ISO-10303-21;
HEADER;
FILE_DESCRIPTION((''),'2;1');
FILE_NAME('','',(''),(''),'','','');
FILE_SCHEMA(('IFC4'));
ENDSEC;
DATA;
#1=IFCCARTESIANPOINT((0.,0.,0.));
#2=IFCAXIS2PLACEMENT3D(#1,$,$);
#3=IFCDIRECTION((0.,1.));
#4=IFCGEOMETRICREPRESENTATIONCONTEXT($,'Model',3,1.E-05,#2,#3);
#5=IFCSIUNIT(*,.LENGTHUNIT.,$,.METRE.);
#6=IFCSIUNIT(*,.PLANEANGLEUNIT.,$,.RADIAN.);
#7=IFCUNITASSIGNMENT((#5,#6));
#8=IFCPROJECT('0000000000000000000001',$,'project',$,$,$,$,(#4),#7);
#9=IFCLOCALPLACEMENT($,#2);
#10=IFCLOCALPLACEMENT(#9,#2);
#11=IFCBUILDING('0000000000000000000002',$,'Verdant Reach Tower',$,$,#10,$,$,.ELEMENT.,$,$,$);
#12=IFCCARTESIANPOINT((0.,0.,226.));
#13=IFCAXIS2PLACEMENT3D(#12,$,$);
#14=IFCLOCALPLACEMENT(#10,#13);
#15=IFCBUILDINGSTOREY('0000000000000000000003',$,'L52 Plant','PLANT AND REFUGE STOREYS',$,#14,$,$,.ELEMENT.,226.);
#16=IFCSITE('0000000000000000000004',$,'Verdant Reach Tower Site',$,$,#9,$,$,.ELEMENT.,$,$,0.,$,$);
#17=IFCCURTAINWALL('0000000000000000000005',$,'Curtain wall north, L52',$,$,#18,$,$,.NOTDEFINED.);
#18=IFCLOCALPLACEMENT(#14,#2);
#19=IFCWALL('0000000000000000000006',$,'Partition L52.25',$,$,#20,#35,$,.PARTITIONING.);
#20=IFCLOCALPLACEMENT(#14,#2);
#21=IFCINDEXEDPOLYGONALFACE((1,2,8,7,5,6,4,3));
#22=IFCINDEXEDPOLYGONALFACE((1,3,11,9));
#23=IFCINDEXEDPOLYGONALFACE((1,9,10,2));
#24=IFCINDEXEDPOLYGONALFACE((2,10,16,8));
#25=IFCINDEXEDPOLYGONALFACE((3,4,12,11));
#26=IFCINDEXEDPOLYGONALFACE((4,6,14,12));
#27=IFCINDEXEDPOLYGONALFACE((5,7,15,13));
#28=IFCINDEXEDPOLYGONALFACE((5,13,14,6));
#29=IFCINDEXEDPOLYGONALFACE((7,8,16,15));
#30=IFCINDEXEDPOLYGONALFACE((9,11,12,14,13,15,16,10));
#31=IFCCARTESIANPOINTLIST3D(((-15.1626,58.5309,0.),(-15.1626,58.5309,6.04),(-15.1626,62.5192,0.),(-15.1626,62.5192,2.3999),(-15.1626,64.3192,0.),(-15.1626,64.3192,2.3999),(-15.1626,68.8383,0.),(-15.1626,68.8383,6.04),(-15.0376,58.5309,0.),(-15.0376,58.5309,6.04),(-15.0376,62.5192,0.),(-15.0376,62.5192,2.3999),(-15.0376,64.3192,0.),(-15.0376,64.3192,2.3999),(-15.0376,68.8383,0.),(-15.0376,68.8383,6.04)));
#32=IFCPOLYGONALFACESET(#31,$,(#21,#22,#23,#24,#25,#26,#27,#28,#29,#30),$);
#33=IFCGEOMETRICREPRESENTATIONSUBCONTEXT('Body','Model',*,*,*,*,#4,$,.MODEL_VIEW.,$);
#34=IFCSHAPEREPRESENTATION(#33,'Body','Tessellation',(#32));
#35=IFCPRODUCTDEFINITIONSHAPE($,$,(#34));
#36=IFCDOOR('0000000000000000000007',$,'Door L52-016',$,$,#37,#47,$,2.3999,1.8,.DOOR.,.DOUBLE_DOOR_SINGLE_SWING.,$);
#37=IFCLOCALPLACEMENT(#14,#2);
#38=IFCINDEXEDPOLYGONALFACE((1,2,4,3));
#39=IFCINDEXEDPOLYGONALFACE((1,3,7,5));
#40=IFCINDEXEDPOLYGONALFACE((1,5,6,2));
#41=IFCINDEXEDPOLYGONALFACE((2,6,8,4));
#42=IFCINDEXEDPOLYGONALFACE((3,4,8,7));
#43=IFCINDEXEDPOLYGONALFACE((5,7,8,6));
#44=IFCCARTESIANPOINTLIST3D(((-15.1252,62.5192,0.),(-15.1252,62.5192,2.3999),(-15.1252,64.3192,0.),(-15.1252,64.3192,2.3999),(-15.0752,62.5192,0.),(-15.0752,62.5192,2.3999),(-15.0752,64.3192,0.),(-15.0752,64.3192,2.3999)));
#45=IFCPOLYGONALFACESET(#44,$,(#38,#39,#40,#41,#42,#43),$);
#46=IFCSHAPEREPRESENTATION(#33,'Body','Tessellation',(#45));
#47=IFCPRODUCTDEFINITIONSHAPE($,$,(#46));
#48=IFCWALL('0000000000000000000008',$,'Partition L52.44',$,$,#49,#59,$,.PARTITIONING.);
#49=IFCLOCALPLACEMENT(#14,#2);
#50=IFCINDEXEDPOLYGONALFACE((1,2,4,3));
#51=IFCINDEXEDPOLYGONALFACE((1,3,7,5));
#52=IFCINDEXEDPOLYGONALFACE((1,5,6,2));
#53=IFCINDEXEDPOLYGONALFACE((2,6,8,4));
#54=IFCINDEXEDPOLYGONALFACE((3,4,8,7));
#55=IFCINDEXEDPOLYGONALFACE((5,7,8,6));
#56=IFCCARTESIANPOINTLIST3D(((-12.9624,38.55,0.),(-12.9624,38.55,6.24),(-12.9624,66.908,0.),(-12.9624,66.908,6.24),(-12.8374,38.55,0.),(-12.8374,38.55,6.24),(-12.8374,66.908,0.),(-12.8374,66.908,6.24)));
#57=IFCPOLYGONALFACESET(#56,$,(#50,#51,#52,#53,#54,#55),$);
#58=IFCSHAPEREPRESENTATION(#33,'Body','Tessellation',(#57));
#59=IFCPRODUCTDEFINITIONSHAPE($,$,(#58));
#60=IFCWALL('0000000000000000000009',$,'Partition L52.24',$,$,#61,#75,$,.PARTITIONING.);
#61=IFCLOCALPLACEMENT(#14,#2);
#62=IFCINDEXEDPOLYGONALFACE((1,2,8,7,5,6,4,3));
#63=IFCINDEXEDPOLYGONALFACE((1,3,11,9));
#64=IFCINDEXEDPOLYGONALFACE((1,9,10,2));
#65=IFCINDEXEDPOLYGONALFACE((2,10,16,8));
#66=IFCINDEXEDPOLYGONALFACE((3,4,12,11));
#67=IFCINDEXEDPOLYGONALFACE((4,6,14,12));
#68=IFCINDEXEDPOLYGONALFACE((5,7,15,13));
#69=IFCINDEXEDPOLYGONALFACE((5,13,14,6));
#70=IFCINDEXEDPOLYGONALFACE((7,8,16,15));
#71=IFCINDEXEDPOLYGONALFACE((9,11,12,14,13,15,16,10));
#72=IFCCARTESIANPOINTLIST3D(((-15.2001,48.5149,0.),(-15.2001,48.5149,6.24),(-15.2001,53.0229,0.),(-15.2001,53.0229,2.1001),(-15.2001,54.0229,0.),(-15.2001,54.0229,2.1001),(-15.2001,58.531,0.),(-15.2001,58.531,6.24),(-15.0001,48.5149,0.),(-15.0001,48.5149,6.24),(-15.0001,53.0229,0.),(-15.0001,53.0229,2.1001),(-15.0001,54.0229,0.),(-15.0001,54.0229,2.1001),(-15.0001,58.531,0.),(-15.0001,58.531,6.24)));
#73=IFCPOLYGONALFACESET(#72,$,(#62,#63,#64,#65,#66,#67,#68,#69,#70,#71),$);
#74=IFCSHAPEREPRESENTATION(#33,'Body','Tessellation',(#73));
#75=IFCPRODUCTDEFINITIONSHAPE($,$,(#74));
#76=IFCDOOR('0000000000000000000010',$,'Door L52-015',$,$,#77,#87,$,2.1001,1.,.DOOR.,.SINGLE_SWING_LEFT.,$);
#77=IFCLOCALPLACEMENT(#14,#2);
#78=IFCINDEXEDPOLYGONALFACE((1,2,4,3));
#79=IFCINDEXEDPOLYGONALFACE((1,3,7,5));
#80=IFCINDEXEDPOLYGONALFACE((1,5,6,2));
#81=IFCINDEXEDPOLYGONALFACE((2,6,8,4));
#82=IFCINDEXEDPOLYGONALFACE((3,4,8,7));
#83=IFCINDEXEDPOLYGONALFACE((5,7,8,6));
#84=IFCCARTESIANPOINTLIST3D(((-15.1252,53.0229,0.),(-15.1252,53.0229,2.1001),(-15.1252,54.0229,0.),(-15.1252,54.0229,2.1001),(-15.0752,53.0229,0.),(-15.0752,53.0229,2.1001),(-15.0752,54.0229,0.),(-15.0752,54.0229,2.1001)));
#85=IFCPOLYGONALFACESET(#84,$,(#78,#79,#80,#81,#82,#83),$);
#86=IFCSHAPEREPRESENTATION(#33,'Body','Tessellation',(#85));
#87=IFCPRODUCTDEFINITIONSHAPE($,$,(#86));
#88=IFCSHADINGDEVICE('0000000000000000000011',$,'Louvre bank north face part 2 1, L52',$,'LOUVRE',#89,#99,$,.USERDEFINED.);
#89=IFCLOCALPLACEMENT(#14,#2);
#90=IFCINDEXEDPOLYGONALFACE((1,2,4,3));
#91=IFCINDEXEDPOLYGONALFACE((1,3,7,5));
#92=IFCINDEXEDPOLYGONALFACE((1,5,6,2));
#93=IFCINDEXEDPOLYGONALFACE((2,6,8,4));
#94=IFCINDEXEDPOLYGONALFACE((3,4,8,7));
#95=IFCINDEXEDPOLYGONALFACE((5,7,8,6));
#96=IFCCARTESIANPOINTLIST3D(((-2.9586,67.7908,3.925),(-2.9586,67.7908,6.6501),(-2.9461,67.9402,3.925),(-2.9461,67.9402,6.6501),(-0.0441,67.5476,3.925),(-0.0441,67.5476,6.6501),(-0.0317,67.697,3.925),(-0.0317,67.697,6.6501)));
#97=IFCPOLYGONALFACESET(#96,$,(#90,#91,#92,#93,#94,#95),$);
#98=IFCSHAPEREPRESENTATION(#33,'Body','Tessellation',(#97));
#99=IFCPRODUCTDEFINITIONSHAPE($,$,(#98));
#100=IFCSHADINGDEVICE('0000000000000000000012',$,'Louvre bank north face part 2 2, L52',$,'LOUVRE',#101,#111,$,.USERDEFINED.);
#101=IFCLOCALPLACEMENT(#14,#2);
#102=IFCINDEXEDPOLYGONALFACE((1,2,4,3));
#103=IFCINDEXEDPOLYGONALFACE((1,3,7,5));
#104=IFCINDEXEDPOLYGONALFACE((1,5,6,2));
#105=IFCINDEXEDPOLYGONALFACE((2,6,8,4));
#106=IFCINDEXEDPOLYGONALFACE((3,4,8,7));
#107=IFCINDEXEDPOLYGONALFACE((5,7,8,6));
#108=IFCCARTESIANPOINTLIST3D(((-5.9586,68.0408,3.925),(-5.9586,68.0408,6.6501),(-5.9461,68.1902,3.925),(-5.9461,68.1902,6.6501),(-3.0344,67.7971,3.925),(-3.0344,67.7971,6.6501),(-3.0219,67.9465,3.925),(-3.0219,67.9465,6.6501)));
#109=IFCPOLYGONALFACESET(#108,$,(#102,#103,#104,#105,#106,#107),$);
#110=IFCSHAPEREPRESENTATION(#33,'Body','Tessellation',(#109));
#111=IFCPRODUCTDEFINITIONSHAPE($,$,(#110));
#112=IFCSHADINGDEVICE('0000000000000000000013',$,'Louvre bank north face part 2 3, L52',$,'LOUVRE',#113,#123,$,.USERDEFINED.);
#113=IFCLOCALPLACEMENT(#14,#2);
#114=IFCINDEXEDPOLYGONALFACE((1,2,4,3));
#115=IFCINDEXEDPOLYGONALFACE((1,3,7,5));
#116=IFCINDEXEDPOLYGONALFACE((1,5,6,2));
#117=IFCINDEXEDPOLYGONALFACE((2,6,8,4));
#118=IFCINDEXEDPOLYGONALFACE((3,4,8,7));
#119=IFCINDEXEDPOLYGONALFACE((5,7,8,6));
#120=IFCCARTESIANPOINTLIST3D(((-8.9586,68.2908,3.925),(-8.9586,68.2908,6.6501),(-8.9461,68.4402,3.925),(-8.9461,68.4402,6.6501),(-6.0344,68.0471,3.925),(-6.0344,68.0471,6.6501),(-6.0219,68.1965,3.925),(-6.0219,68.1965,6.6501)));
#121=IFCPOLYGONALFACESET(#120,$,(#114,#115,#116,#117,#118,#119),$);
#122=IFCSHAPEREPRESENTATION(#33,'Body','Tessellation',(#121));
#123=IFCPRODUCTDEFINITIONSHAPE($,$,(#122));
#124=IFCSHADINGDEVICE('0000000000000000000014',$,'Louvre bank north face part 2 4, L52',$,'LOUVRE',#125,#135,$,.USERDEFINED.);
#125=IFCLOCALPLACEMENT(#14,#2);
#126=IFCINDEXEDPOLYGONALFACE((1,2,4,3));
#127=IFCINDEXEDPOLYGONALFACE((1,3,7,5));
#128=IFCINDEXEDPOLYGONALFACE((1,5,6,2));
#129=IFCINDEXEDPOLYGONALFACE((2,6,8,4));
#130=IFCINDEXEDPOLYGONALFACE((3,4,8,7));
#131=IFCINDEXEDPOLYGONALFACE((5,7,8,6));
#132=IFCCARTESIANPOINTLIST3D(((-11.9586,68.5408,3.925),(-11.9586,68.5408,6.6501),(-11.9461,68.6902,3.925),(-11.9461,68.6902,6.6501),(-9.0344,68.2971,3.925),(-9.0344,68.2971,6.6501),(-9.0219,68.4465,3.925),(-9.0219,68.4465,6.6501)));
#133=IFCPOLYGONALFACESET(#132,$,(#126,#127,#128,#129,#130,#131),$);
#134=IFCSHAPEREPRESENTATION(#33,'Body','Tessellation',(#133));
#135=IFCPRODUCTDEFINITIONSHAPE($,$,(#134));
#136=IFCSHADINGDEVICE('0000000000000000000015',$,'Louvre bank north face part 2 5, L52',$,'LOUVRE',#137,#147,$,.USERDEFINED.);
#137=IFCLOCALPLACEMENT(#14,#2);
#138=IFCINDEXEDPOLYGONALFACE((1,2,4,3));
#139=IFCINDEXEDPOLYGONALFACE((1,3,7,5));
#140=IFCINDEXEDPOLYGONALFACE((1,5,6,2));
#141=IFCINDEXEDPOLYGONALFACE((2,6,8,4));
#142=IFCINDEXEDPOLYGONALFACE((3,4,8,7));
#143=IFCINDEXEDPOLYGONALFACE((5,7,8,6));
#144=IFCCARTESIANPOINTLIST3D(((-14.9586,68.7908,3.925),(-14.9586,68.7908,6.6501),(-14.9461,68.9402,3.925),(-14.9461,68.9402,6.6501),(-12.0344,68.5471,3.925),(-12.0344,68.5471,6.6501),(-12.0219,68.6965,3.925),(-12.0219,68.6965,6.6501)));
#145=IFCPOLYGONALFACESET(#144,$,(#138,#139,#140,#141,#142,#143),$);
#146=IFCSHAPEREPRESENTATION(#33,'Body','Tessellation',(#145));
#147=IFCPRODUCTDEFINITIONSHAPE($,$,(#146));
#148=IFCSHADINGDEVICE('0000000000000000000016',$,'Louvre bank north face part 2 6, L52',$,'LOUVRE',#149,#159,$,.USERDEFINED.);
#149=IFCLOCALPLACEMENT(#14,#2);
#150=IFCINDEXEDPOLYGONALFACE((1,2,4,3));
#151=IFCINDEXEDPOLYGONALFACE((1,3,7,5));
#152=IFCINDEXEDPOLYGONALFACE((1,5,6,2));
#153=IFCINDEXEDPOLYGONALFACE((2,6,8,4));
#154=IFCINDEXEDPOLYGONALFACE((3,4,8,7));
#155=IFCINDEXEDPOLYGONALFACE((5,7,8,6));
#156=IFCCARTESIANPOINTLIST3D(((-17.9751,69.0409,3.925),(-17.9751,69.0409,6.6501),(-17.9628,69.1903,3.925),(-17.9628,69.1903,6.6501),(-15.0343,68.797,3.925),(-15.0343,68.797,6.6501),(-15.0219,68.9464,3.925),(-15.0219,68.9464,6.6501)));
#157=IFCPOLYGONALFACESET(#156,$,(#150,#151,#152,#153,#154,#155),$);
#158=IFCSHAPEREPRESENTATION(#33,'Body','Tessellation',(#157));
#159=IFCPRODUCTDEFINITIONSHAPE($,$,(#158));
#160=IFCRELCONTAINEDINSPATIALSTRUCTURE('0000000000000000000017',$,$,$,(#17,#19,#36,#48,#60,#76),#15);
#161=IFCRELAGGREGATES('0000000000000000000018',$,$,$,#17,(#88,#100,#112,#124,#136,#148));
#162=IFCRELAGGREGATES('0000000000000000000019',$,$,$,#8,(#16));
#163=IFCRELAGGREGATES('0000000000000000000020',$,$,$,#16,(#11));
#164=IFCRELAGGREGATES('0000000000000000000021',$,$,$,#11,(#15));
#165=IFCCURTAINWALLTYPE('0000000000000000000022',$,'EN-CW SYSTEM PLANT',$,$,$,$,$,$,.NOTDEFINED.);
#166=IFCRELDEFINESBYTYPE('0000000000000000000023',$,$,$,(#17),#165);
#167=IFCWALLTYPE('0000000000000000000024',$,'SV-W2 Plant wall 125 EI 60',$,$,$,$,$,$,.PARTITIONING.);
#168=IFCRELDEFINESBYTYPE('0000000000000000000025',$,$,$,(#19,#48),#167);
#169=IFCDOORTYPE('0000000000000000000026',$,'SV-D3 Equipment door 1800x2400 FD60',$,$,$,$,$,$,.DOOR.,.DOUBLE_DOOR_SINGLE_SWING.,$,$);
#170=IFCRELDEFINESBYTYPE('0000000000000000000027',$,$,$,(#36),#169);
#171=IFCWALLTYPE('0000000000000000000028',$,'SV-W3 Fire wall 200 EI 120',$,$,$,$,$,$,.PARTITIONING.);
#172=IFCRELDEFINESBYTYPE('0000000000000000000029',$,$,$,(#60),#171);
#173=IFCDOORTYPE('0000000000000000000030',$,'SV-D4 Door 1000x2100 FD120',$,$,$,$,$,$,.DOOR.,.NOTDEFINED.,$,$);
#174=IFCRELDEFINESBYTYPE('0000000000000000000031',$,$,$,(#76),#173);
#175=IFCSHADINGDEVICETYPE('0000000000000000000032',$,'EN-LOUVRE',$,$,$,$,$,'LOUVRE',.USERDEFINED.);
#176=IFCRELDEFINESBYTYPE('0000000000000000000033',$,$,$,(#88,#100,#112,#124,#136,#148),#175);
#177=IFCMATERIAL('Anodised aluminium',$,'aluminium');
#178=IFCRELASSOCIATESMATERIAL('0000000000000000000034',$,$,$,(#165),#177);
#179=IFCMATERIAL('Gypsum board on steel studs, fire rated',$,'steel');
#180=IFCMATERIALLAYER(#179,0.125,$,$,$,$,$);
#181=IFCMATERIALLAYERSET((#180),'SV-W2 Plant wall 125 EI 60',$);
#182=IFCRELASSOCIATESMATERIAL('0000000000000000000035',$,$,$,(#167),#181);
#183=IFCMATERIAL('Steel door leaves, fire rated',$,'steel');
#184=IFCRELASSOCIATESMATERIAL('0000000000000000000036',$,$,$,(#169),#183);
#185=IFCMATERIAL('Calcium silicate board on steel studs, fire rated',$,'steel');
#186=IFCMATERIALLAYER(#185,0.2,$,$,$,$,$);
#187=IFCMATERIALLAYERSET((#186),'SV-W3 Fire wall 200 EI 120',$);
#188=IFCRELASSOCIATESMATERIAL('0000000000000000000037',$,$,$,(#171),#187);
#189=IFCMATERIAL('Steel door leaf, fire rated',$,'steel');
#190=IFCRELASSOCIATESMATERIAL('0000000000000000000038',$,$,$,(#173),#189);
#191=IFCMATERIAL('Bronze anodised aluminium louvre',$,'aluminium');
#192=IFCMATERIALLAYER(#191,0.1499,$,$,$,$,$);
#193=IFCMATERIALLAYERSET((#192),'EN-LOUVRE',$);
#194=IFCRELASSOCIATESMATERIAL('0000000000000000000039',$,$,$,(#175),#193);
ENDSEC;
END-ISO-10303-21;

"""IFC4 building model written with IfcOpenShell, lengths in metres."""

from ifc_helpers import new_model, si_unit, direction, frame, frame_2d, origin, origin_2d, place, context, subcontext, project, spatial, rectangle, extrude, material, layer, layer_set, type_object, element, fill, aggregate, save


model = new_model("IFC4")

# Units and contexts
model_context = context("Model", 3, precision=1e-05, world=origin(), true_north=direction((0.0, 1.0)))
body_context = subcontext(model_context, "Body", "Model", "MODEL_VIEW")
ifc_project = project(units=[si_unit("LENGTHUNIT", "METRE"), si_unit("PLANEANGLEUNIT", "RADIAN")], contexts=[model_context])

# Site, building, storey
site_placement = place(None, origin())
site = spatial("IfcSite", under=ifc_project, at=site_placement, Name="Verdant Reach Tower Site", CompositionType="ELEMENT", RefElevation=0.0)
building_placement = place(site_placement, origin())
building = spatial("IfcBuilding", under=site, at=building_placement, Name="Verdant Reach Tower", CompositionType="ELEMENT")
storey_placement = place(building_placement, frame((0.0, 0.0, 226.0)))
storey = spatial("IfcBuildingStorey", under=building, at=storey_placement, Name="L52 Plant", Description="PLANT AND REFUGE STOREYS", CompositionType="ELEMENT", Elevation=226.0)

# Curtain wall
ifc_material_1 = material(Name="Anodised aluminium", Category="aluminium")
curtain_wall_type = type_object("IfcCurtainWallType", Name="EN-CW SYSTEM PLANT", PredefinedType="NOTDEFINED", material=ifc_material_1)
curtain_wall_placement = place(storey_placement, origin())
curtain_wall = element("IfcCurtainWall", 1, at=curtain_wall_placement, inside=storey, type_object=curtain_wall_type, Name="Curtain wall north, L52", PredefinedType="NOTDEFINED")

# Wall, opening, door
ifc_material_2 = material(Name="Gypsum board on steel studs, fire rated", Category="steel")
ifc_layer_1 = layer(ifc_material_2, 0.125)
ifc_layer_set_1 = layer_set([ifc_layer_1], Name="SV-W2 Plant wall 125 EI 60")
wall_type_1 = type_object("IfcWallType", Name="SV-W2 Plant wall 125 EI 60", PredefinedType="PARTITIONING", material=ifc_layer_set_1)
wall_1_placement = place(storey_placement, frame((-15.1001, 68.8384, 0.0), z_axis=(0.0, 0.0, 1.0), x_axis=(0.0, -1.0, 0.0)))
wall_1 = element("IfcWall", 2, at=wall_1_placement, inside=storey, type_object=wall_type_1, Name="Partition L52.25", PredefinedType="PARTITIONING", context=body_context, shape_type="SweptSolid", body=[
    extrude(rectangle(XDim=10.3074, YDim=0.125, at=frame_2d((5.1538, 0.0))), origin(), (0.0, 0.0, 1.0), 6.04),
])
opening_1_placement = place(wall_1_placement, frame((4.5193, 0.0, 0.0)))
opening_1 = element("IfcOpeningElement", 3, at=opening_1_placement, cuts=wall_1, PredefinedType="OPENING", context=body_context, shape_type="SweptSolid", body=[
    extrude(rectangle(XDim=1.8, YDim=2.3999, at=frame_2d((0.8999, 1.2))), frame((0.0, 0.0725, 0.0), z_axis=(0.0, -1.0, 0.0), x_axis=(1.0, 0.0, 0.0)), (0.0, 0.0, 1.0), 0.145),
])
ifc_material_3 = material(Name="Steel door leaves, fire rated", Category="steel")
door_type_1 = type_object("IfcDoorType", Name="SV-D3 Equipment door 1800x2400 FD60", OperationType="DOUBLE_DOOR_SINGLE_SWING", PredefinedType="DOOR", material=ifc_material_3)
door_1_placement = place(opening_1_placement, origin())
door_1 = element("IfcDoor", 4, at=door_1_placement, inside=storey, type_object=door_type_1, Name="Door L52-016", OperationType="DOUBLE_DOOR_SINGLE_SWING", OverallHeight=2.3999, OverallWidth=1.8, PredefinedType="DOOR", context=body_context, shape_type="SweptSolid", body=[
    extrude(rectangle(XDim=1.8, YDim=2.3999, at=frame_2d((0.8999, 1.2))), frame((0.0, 0.0249, 0.0), z_axis=(0.0, -1.0, 0.0), x_axis=(1.0, 0.0, 0.0)), (0.0, 0.0, 1.0), 0.05),
])
fill(opening_1, door_1)

# Wall
wall_2_placement = place(storey_placement, frame((-12.8999, 66.908, 0.0), z_axis=(0.0, 0.0, 1.0), x_axis=(0.0, -1.0, 0.0)))
element("IfcWall", 5, at=wall_2_placement, inside=storey, type_object=wall_type_1, Name="Partition L52.44", PredefinedType="PARTITIONING", context=body_context, shape_type="SweptSolid", body=[
    extrude(rectangle(XDim=28.3579, YDim=0.125, at=frame_2d((14.179, 0.0))), origin(), (0.0, 0.0, 1.0), 6.24),
])

# Wall, opening, door
ifc_material_4 = material(Name="Calcium silicate board on steel studs, fire rated", Category="steel")
ifc_layer_2 = layer(ifc_material_4, 0.2)
ifc_layer_set_2 = layer_set([ifc_layer_2], Name="SV-W3 Fire wall 200 EI 120")
wall_type_2 = type_object("IfcWallType", Name="SV-W3 Fire wall 200 EI 120", PredefinedType="PARTITIONING", material=ifc_layer_set_2)
wall_3_placement = place(storey_placement, frame((-15.1001, 58.531, 0.0), z_axis=(0.0, 0.0, 1.0), x_axis=(0.0, -1.0, 0.0)))
wall_3 = element("IfcWall", 6, at=wall_3_placement, inside=storey, type_object=wall_type_2, Name="Partition L52.24", PredefinedType="PARTITIONING", context=body_context, shape_type="SweptSolid", body=[
    extrude(rectangle(XDim=10.0161, YDim=0.2, at=frame_2d((5.0081, 0.0))), origin(), (0.0, 0.0, 1.0), 6.24),
])
opening_2_placement = place(wall_3_placement, frame((4.5081, 0.0, 0.0)))
opening_2 = element("IfcOpeningElement", 7, at=opening_2_placement, cuts=wall_3, PredefinedType="OPENING", context=body_context, shape_type="SweptSolid", body=[
    extrude(rectangle(XDim=1.0, YDim=2.1001, at=frame_2d((0.5, 1.05))), frame((0.0, 0.1099, 0.0), z_axis=(0.0, -1.0, 0.0), x_axis=(1.0, 0.0, 0.0)), (0.0, 0.0, 1.0), 0.22),
])
ifc_material_5 = material(Name="Steel door leaf, fire rated", Category="steel")
door_type_2 = type_object("IfcDoorType", Name="SV-D4 Door 1000x2100 FD120", OperationType="NOTDEFINED", PredefinedType="DOOR", material=ifc_material_5)
door_2_placement = place(opening_2_placement, origin())
door_2 = element("IfcDoor", 8, at=door_2_placement, inside=storey, type_object=door_type_2, Name="Door L52-015", OperationType="SINGLE_SWING_LEFT", OverallHeight=2.1001, OverallWidth=1.0, PredefinedType="DOOR", context=body_context, shape_type="SweptSolid", body=[
    extrude(rectangle(XDim=1.0, YDim=2.1001, at=frame_2d((0.5, 1.05))), frame((0.0, 0.0249, 0.0), z_axis=(0.0, -1.0, 0.0), x_axis=(1.0, 0.0, 0.0)), (0.0, 0.0, 1.0), 0.05),
])
fill(opening_2, door_2)

# Shading devices
ifc_material_6 = material(Name="Bronze anodised aluminium louvre", Category="aluminium")
ifc_layer_3 = layer(ifc_material_6, 0.1499)
ifc_layer_set_3 = layer_set([ifc_layer_3], Name="EN-LOUVRE")
shading_device_type = type_object("IfcShadingDeviceType", Name="EN-LOUVRE", ElementType="LOUVRE", PredefinedType="USERDEFINED", material=ifc_layer_set_3)
shading_device_1_placement = place(storey_placement, frame((-1.4951, 67.7439, 3.925), z_axis=(0.0, 0.0, 1.0), x_axis=(-0.996534, 0.083182, 0.0)))
shading_device_1 = element("IfcShadingDevice", 9, at=shading_device_1_placement, type_object=shading_device_type, Name="Louvre bank north face part 2 1, L52", ObjectType="LOUVRE", PredefinedType="USERDEFINED", context=body_context, shape_type="SweptSolid", body=[
    extrude(rectangle(XDim=2.9246, YDim=0.1499, at=origin_2d()), origin(), (0.0, 0.0, 1.0), 2.7251),
])
shading_device_2_placement = place(storey_placement, frame((-4.4902, 67.9937, 3.925), z_axis=(0.0, 0.0, 1.0), x_axis=(-0.996546, 0.083045, 0.0)))
shading_device_2 = element("IfcShadingDevice", 10, at=shading_device_2_placement, type_object=shading_device_type, Name="Louvre bank north face part 2 2, L52", ObjectType="LOUVRE", PredefinedType="USERDEFINED", context=body_context, shape_type="SweptSolid", body=[
    extrude(rectangle(XDim=2.9343, YDim=0.1499, at=origin_2d()), origin(), (0.0, 0.0, 1.0), 2.7251),
])
shading_device_3_placement = place(storey_placement, frame((-7.4902, 68.2437, 3.925), z_axis=(0.0, 0.0, 1.0), x_axis=(-0.996546, 0.083045, 0.0)))
shading_device_3 = element("IfcShadingDevice", 11, at=shading_device_3_placement, type_object=shading_device_type, Name="Louvre bank north face part 2 3, L52", ObjectType="LOUVRE", PredefinedType="USERDEFINED", context=body_context, shape_type="SweptSolid", body=[
    extrude(rectangle(XDim=2.9343, YDim=0.1499, at=origin_2d()), origin(), (0.0, 0.0, 1.0), 2.7251),
])
shading_device_4_placement = place(storey_placement, frame((-10.4902, 68.4937, 3.925), z_axis=(0.0, 0.0, 1.0), x_axis=(-0.996546, 0.083045, 0.0)))
shading_device_4 = element("IfcShadingDevice", 12, at=shading_device_4_placement, type_object=shading_device_type, Name="Louvre bank north face part 2 4, L52", ObjectType="LOUVRE", PredefinedType="USERDEFINED", context=body_context, shape_type="SweptSolid", body=[
    extrude(rectangle(XDim=2.9343, YDim=0.1499, at=origin_2d()), origin(), (0.0, 0.0, 1.0), 2.7251),
])
shading_device_5_placement = place(storey_placement, frame((-13.4902, 68.7437, 3.925), z_axis=(0.0, 0.0, 1.0), x_axis=(-0.996546, 0.083045, 0.0)))
shading_device_5 = element("IfcShadingDevice", 13, at=shading_device_5_placement, type_object=shading_device_type, Name="Louvre bank north face part 2 5, L52", ObjectType="LOUVRE", PredefinedType="USERDEFINED", context=body_context, shape_type="SweptSolid", body=[
    extrude(rectangle(XDim=2.9343, YDim=0.1499, at=origin_2d()), origin(), (0.0, 0.0, 1.0), 2.7251),
])
shading_device_6_placement = place(storey_placement, frame((-16.4985, 68.9937, 3.925), z_axis=(0.0, 0.0, 1.0), x_axis=(-0.996578, 0.082664, 0.0)))
shading_device_6 = element("IfcShadingDevice", 14, at=shading_device_6_placement, type_object=shading_device_type, Name="Louvre bank north face part 2 6, L52", ObjectType="LOUVRE", PredefinedType="USERDEFINED", context=body_context, shape_type="SweptSolid", body=[
    extrude(rectangle(XDim=2.9509, YDim=0.1499, at=origin_2d()), origin(), (0.0, 0.0, 1.0), 2.7251),
])
aggregate(curtain_wall, [shading_device_1, shading_device_2, shading_device_3, shading_device_4, shading_device_5, shading_device_6])

save(model, "model.ifc")
